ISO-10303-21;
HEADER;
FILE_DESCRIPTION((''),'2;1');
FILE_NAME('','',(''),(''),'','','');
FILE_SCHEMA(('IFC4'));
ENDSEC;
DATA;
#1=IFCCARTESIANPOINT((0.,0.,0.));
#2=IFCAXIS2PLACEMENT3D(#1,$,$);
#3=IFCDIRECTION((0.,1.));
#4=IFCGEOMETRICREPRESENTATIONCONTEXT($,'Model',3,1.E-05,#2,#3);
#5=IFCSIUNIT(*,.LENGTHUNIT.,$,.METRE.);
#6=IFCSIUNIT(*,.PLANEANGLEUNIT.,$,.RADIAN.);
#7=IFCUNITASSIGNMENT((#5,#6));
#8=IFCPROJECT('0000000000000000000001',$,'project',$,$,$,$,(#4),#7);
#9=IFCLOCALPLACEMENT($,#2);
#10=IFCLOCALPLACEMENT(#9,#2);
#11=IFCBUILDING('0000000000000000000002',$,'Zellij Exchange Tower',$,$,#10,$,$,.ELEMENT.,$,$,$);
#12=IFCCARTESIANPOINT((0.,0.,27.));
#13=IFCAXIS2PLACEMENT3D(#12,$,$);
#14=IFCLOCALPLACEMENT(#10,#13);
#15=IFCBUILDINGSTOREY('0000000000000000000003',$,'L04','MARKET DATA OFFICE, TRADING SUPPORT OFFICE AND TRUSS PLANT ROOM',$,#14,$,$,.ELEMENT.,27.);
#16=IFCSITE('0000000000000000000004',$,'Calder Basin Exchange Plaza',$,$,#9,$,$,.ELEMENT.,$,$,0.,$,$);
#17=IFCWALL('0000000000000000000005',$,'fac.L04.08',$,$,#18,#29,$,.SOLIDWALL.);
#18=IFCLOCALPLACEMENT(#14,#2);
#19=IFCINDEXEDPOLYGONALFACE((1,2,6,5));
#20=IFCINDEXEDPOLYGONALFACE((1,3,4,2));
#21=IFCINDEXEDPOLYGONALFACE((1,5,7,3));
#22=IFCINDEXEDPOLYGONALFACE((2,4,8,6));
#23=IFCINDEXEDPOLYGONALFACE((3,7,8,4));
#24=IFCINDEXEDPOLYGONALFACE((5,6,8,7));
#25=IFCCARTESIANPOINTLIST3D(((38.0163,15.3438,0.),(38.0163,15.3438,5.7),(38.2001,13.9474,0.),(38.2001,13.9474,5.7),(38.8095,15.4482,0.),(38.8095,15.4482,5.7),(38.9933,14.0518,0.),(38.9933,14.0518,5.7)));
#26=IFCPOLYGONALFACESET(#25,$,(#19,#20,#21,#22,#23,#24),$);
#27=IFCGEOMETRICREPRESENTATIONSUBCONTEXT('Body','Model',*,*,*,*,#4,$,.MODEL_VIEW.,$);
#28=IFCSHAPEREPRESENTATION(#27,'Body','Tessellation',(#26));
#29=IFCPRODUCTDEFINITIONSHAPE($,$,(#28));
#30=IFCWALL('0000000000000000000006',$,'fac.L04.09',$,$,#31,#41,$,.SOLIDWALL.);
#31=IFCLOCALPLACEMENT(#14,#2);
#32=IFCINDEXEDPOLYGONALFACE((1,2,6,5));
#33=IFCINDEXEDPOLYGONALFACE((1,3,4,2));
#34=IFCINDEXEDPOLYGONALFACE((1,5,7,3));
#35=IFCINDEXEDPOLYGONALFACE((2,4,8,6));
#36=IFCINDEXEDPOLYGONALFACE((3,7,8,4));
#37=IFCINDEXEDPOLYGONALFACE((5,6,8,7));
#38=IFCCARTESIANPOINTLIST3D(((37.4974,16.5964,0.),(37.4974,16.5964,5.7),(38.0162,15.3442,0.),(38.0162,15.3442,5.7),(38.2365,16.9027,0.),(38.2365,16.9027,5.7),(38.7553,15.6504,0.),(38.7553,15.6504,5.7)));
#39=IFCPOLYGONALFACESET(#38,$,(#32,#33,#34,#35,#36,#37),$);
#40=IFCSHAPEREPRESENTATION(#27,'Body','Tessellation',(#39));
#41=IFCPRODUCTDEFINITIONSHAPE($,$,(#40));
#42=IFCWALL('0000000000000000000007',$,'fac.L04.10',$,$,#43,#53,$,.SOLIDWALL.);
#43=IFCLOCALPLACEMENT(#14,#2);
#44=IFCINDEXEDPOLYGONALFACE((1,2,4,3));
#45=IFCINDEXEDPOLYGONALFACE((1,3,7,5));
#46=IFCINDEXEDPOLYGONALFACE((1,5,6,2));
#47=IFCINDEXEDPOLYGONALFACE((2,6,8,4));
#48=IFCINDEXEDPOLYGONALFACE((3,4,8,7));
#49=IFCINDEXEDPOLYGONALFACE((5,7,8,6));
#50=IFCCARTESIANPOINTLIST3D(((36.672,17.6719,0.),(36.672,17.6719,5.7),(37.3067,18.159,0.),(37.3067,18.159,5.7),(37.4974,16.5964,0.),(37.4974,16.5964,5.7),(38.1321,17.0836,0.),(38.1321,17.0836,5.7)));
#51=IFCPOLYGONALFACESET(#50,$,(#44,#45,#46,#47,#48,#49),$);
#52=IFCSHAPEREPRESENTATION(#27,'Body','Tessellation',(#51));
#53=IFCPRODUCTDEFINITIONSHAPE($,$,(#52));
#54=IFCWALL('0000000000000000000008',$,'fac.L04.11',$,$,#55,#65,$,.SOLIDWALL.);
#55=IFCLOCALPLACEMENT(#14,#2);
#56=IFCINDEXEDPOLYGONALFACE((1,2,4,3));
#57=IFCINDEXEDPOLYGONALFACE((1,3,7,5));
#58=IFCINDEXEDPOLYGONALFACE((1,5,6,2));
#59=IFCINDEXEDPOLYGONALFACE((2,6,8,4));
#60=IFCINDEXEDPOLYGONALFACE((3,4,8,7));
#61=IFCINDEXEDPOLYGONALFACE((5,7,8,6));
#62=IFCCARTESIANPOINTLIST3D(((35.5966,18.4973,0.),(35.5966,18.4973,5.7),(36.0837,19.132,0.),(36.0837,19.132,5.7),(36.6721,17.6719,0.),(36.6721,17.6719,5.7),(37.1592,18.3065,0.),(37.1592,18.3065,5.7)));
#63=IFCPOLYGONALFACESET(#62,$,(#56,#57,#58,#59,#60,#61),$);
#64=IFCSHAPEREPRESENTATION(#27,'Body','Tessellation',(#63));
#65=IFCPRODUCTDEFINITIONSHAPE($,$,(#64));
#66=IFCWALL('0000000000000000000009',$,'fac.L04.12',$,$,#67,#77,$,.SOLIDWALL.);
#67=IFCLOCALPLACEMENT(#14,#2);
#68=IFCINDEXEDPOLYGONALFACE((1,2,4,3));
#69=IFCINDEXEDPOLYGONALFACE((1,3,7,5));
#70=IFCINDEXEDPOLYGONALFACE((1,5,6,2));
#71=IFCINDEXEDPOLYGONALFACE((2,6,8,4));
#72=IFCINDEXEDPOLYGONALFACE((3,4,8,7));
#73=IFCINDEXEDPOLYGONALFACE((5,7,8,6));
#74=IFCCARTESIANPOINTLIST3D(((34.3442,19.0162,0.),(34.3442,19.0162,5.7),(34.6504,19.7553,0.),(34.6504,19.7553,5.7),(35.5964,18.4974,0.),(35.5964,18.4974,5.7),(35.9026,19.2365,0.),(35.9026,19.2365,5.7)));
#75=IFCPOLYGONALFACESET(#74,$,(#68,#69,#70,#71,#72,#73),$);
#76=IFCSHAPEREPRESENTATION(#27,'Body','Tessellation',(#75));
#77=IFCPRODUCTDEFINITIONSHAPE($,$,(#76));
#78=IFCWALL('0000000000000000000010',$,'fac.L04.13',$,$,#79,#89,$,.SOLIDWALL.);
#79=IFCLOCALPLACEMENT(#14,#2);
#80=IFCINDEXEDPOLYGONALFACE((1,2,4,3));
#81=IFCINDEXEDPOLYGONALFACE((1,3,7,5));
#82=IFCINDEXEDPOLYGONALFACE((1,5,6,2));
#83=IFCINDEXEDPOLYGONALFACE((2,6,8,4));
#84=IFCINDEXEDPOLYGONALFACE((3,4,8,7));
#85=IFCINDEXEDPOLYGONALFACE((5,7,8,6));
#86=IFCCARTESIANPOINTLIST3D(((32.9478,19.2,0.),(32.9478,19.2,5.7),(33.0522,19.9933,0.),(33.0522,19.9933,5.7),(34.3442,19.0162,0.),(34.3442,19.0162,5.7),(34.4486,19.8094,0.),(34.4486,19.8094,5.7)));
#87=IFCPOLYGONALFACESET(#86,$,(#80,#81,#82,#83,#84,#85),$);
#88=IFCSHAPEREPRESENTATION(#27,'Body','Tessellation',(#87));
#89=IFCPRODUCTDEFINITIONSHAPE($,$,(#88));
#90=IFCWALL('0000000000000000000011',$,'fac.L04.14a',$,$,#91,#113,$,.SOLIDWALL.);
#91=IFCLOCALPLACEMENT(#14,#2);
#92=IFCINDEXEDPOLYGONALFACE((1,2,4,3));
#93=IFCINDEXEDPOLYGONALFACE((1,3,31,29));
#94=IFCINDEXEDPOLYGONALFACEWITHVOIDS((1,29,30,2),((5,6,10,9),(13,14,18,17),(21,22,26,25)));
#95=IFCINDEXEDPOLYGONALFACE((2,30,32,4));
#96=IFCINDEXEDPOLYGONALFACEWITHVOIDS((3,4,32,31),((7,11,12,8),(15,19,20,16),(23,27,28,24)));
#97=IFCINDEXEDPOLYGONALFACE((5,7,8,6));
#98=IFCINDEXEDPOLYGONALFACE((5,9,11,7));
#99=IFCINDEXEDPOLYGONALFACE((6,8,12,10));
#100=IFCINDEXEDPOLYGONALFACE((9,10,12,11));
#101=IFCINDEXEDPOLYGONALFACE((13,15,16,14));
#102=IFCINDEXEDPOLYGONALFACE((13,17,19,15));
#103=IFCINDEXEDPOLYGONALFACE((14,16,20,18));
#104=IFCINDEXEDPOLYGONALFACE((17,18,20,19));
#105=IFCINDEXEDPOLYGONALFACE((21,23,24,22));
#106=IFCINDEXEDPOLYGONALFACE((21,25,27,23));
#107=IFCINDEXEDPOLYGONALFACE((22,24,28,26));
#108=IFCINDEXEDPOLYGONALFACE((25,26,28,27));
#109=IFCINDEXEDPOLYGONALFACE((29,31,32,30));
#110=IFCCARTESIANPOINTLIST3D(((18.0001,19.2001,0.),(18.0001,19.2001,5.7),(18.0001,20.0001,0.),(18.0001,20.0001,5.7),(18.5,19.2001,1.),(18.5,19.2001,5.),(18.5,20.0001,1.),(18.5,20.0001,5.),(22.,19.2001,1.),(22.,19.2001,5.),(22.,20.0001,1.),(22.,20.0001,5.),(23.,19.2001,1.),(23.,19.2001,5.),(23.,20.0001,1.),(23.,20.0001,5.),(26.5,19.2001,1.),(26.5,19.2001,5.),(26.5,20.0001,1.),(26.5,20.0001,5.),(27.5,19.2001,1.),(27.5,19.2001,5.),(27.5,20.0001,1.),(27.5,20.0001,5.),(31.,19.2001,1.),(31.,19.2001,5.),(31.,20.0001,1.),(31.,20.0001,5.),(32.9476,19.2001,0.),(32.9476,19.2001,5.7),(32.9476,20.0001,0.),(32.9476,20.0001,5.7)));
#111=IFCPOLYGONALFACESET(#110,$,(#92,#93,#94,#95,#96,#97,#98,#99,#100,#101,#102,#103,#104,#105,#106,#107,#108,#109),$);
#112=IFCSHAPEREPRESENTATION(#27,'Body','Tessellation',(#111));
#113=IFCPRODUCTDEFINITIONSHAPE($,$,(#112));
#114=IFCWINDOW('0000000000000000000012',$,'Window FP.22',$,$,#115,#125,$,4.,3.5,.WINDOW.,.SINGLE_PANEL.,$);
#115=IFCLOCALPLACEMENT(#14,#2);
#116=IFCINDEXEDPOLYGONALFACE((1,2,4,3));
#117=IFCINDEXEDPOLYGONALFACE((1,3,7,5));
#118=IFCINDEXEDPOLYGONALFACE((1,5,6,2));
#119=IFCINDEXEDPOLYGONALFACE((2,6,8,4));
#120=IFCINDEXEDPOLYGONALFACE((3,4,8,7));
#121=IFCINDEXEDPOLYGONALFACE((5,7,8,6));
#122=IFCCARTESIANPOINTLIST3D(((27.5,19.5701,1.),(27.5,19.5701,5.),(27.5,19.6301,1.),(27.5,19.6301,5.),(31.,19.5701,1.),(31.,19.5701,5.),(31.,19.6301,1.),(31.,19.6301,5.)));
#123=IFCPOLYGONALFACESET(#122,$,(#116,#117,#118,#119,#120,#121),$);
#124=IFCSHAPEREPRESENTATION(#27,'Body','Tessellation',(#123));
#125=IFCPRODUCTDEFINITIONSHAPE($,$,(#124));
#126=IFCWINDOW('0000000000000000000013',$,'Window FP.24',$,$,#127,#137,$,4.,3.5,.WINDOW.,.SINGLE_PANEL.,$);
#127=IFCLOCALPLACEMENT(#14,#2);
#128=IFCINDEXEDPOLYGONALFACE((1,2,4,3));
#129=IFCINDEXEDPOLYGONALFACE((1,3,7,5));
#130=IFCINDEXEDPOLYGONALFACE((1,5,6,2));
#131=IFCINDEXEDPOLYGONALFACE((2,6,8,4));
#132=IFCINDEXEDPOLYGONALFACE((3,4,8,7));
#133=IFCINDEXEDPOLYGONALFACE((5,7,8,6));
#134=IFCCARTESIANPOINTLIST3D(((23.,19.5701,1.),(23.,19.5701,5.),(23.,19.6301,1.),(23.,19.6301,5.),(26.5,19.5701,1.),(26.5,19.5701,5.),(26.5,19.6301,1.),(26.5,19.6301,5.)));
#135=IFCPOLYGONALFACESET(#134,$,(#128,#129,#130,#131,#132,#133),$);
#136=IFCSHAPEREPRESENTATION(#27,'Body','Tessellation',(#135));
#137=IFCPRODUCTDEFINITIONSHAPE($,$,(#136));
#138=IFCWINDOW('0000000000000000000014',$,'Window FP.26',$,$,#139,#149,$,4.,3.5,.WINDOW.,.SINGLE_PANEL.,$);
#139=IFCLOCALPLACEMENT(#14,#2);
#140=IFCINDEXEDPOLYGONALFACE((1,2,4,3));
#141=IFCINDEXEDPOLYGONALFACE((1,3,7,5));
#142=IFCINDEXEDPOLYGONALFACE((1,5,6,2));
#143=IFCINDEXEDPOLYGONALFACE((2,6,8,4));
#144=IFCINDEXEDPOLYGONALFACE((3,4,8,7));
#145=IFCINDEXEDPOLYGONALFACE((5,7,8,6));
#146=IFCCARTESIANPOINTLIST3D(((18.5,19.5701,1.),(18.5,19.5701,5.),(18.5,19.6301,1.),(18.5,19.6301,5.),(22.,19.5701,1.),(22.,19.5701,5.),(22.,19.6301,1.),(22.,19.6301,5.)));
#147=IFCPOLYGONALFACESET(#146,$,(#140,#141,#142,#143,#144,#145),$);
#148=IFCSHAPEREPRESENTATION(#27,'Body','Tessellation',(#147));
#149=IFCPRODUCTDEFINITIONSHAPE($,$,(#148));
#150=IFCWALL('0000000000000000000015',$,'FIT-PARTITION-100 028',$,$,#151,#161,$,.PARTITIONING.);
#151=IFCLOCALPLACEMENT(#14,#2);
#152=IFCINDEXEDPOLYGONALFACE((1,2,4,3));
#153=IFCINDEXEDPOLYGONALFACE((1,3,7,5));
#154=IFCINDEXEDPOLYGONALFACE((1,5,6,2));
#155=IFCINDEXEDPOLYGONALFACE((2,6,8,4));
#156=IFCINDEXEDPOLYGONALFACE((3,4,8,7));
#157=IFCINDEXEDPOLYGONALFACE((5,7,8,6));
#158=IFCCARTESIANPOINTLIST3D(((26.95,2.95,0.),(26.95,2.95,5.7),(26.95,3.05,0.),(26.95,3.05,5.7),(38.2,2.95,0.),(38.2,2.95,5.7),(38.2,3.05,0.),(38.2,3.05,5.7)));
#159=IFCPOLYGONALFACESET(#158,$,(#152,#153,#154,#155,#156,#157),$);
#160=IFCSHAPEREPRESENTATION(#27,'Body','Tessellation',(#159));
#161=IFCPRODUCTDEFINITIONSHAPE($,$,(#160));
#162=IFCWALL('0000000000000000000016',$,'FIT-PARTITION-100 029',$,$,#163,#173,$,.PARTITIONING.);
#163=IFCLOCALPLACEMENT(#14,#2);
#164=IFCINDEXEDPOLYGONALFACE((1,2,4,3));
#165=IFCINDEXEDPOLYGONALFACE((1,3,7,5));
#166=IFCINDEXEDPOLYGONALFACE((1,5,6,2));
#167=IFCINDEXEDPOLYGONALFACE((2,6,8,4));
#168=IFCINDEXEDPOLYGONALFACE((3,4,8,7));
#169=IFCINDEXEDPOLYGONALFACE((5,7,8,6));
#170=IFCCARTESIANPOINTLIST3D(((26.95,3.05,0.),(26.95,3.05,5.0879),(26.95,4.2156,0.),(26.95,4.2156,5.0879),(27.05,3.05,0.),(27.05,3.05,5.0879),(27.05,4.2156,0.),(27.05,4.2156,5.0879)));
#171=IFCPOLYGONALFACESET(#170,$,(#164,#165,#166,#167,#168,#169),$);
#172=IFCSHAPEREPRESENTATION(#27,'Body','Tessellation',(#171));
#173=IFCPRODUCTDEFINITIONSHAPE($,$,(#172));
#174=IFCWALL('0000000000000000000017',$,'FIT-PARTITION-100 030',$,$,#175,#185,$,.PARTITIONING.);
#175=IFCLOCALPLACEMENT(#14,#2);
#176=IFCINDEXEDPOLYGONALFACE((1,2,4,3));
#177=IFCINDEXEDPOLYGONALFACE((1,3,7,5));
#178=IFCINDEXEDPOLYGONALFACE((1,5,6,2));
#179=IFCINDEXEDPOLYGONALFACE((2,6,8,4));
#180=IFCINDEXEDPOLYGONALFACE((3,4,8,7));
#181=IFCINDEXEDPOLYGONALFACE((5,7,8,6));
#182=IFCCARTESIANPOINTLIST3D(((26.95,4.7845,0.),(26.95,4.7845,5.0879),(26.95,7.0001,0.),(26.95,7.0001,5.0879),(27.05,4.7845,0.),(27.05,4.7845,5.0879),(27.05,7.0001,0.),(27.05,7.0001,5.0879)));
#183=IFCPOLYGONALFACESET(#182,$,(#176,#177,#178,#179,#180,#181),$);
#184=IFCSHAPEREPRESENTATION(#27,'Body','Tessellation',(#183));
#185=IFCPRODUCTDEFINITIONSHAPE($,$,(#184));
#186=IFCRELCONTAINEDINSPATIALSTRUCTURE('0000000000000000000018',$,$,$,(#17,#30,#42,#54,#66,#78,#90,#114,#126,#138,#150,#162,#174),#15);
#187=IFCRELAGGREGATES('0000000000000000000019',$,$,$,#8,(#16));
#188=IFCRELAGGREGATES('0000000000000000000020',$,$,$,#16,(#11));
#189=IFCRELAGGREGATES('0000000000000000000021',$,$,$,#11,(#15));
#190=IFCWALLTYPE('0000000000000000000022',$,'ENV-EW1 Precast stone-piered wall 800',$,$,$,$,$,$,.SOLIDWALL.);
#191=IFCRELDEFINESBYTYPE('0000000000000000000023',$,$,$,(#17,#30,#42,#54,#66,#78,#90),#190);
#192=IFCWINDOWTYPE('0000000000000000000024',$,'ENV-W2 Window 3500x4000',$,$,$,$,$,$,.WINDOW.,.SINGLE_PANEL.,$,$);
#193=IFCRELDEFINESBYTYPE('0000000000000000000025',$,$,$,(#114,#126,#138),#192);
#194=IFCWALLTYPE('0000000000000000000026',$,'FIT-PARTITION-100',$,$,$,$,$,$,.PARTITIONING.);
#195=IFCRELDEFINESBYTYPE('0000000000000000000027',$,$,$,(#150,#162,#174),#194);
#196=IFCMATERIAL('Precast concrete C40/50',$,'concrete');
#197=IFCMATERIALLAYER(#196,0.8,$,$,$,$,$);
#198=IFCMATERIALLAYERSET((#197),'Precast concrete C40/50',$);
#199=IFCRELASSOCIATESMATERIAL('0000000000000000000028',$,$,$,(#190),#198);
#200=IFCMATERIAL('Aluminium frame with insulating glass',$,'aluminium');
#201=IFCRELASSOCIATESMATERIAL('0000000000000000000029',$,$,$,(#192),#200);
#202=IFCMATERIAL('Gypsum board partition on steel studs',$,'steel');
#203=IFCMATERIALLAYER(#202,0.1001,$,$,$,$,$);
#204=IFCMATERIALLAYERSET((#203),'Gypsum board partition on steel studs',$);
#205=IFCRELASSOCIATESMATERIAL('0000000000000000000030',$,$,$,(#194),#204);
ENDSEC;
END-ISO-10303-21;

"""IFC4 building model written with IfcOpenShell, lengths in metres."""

from ifc_helpers import new_model, si_unit, direction, frame, frame_2d, origin, place, context, subcontext, project, spatial, rectangle, extrude, material, layer, layer_set, type_object, element, fill, save


model = new_model("IFC4")

# Units and contexts
model_context = context("Model", 3, precision=1e-05, world=origin(), true_north=direction((0.0, 1.0)))
body_context = subcontext(model_context, "Body", "Model", "MODEL_VIEW")
ifc_project = project(units=[si_unit("LENGTHUNIT", "METRE"), si_unit("PLANEANGLEUNIT", "RADIAN")], contexts=[model_context])

# Site, building, storey
site_placement = place(None, origin())
site = spatial("IfcSite", under=ifc_project, at=site_placement, Name="Calder Basin Exchange Plaza", CompositionType="ELEMENT", RefElevation=0.0)
building_placement = place(site_placement, origin())
building = spatial("IfcBuilding", under=site, at=building_placement, Name="Zellij Exchange Tower", CompositionType="ELEMENT")
storey_placement = place(building_placement, frame((0.0, 0.0, 27.0)))
storey = spatial("IfcBuildingStorey", under=building, at=storey_placement, Name="L04", Description="MARKET DATA OFFICE, TRADING SUPPORT OFFICE AND TRUSS PLANT ROOM", CompositionType="ELEMENT", Elevation=27.0)

# Walls
ifc_material_1 = material(Name="Precast concrete C40/50", Category="concrete")
ifc_layer_1 = layer(ifc_material_1, 0.8)
ifc_layer_set_1 = layer_set([ifc_layer_1], Name="Precast concrete C40/50")
wall_type_1 = type_object("IfcWallType", Name="ENV-EW1 Precast stone-piered wall 800", PredefinedType="SOLIDWALL", material=ifc_layer_set_1)
wall_1_placement = place(storey_placement, frame((38.5967, 13.9998, 0.0), z_axis=(0.0, 0.0, 1.0), x_axis=(-0.130517, 0.991446, 0.0)))
element("IfcWall", 1, at=wall_1_placement, inside=storey, type_object=wall_type_1, Name="fac.L04.08", PredefinedType="SOLIDWALL", context=body_context, shape_type="SweptSolid", body=[
    extrude(rectangle(XDim=1.4084, YDim=0.8, at=frame_2d((0.7041, 0.0))), origin(), (0.0, 0.0, 1.0), 5.7),
])
wall_2_placement = place(storey_placement, frame((38.3857, 15.4973, 0.0), z_axis=(0.0, 0.0, 1.0), x_axis=(-0.38276, 0.923848, 0.0)))
element("IfcWall", 2, at=wall_2_placement, inside=storey, type_object=wall_type_1, Name="fac.L04.09", PredefinedType="SOLIDWALL", context=body_context, shape_type="SweptSolid", body=[
    extrude(rectangle(XDim=1.3555, YDim=0.8, at=frame_2d((0.6777, 0.0))), origin(), (0.0, 0.0, 1.0), 5.7),
])
for number, where, z_axis, x_axis, name in (
    (3, (37.8147, 16.8401, 0.0), (0.0, 0.0, 1.0), (-0.608866, 0.793273, 0.0), "fac.L04.10"),
    (4, (36.9155, 17.9893, 0.0), (0.0, 0.0, 1.0), (-0.793273, 0.608866, 0.0), "fac.L04.11"),
):
    element("IfcWall", number, at=place(storey_placement, frame(where, z_axis=z_axis, x_axis=x_axis)), inside=storey, type_object=wall_type_1, Name=name, PredefinedType="SOLIDWALL", context=body_context, shape_type="SweptSolid", body=[
        extrude(rectangle(XDim=1.3557, YDim=0.8, at=frame_2d((0.6777, 0.0))), origin(), (0.0, 0.0, 1.0), 5.7),
    ])
wall_3_placement = place(storey_placement, frame((35.7495, 18.8669, 0.0), z_axis=(0.0, 0.0, 1.0), x_axis=(-0.923848, 0.38276, 0.0)))
element("IfcWall", 5, at=wall_3_placement, inside=storey, type_object=wall_type_1, Name="fac.L04.12", PredefinedType="SOLIDWALL", context=body_context, shape_type="SweptSolid", body=[
    extrude(rectangle(XDim=1.3555, YDim=0.8, at=frame_2d((0.6777, 0.0))), origin(), (0.0, 0.0, 1.0), 5.7),
])
wall_4_placement = place(storey_placement, frame((34.3962, 19.4128, 0.0), z_axis=(0.0, 0.0, 1.0), x_axis=(-0.991446, 0.130517, 0.0)))
element("IfcWall", 6, at=wall_4_placement, inside=storey, type_object=wall_type_1, Name="fac.L04.13", PredefinedType="SOLIDWALL", context=body_context, shape_type="SweptSolid", body=[
    extrude(rectangle(XDim=1.4084, YDim=0.8, at=frame_2d((0.7041, 0.0))), origin(), (0.0, 0.0, 1.0), 5.7),
])

# Wall, openings, windows
wall_5_placement = place(storey_placement, frame((32.9475, 19.6001, 0.0), z_axis=(0.0, 0.0, 1.0), x_axis=(-1.0, 0.0, 0.0)))
wall_5 = element("IfcWall", 7, at=wall_5_placement, inside=storey, type_object=wall_type_1, Name="fac.L04.14a", PredefinedType="SOLIDWALL", context=body_context, shape_type="SweptSolid", body=[
    extrude(rectangle(XDim=14.9475, YDim=0.8, at=frame_2d((7.4736, 0.0))), origin(), (0.0, 0.0, 1.0), 5.7),
])
opening_1_placement = place(wall_5_placement, frame((1.9475, 0.0, 1.0)))
opening_1 = element("IfcOpeningElement", 8, at=opening_1_placement, cuts=wall_5, PredefinedType="OPENING", context=body_context, shape_type="SweptSolid", body=[
    extrude(rectangle(XDim=3.5, YDim=4.0, at=frame_2d((1.75, 2.0))), frame((0.0, 0.4121, 0.0), z_axis=(0.0, -1.0, 0.0), x_axis=(1.0, 0.0, 0.0)), (0.0, 0.0, 1.0), 0.824),
])
opening_2_placement = place(wall_5_placement, frame((6.4475, 0.0, 1.0)))
opening_2 = element("IfcOpeningElement", 9, at=opening_2_placement, cuts=wall_5, PredefinedType="OPENING", context=body_context, shape_type="SweptSolid", body=[
    extrude(rectangle(XDim=3.5, YDim=4.0, at=frame_2d((1.75, 2.0))), frame((0.0, 0.4121, 0.0), z_axis=(0.0, -1.0, 0.0), x_axis=(1.0, 0.0, 0.0)), (0.0, 0.0, 1.0), 0.824),
])
opening_3_placement = place(wall_5_placement, frame((10.9475, 0.0, 1.0)))
opening_3 = element("IfcOpeningElement", 10, at=opening_3_placement, cuts=wall_5, PredefinedType="OPENING", context=body_context, shape_type="SweptSolid", body=[
    extrude(rectangle(XDim=3.5, YDim=4.0, at=frame_2d((1.75, 2.0))), frame((0.0, 0.4121, 0.0), z_axis=(0.0, -1.0, 0.0), x_axis=(1.0, 0.0, 0.0)), (0.0, 0.0, 1.0), 0.824),
])
ifc_material_2 = material(Name="Aluminium frame with insulating glass", Category="aluminium")
window_type = type_object("IfcWindowType", Name="ENV-W2 Window 3500x4000", PartitioningType="SINGLE_PANEL", PredefinedType="WINDOW", material=ifc_material_2)
window_1_placement = place(opening_1_placement, origin())
window_1 = element("IfcWindow", 11, at=window_1_placement, inside=storey, type_object=window_type, Name="Window FP.22", OverallHeight=4.0, OverallWidth=3.5, PartitioningType="SINGLE_PANEL", PredefinedType="WINDOW", context=body_context, shape_type="SweptSolid", body=[
    extrude(rectangle(XDim=3.5, YDim=4.0, at=frame_2d((1.75, 2.0))), frame((0.0, 0.03, 0.0), z_axis=(0.0, -1.0, 0.0), x_axis=(1.0, 0.0, 0.0)), (0.0, 0.0, 1.0), 0.0601),
])
fill(opening_1, window_1)
window_2_placement = place(opening_2_placement, origin())
window_2 = element("IfcWindow", 12, at=window_2_placement, inside=storey, type_object=window_type, Name="Window FP.24", OverallHeight=4.0, OverallWidth=3.5, PartitioningType="SINGLE_PANEL", PredefinedType="WINDOW", context=body_context, shape_type="SweptSolid", body=[
    extrude(rectangle(XDim=3.5, YDim=4.0, at=frame_2d((1.75, 2.0))), frame((0.0, 0.03, 0.0), z_axis=(0.0, -1.0, 0.0), x_axis=(1.0, 0.0, 0.0)), (0.0, 0.0, 1.0), 0.0601),
])
fill(opening_2, window_2)
window_3_placement = place(opening_3_placement, origin())
window_3 = element("IfcWindow", 13, at=window_3_placement, inside=storey, type_object=window_type, Name="Window FP.26", OverallHeight=4.0, OverallWidth=3.5, PartitioningType="SINGLE_PANEL", PredefinedType="WINDOW", context=body_context, shape_type="SweptSolid", body=[
    extrude(rectangle(XDim=3.5, YDim=4.0, at=frame_2d((1.75, 2.0))), frame((0.0, 0.03, 0.0), z_axis=(0.0, -1.0, 0.0), x_axis=(1.0, 0.0, 0.0)), (0.0, 0.0, 1.0), 0.0601),
])
fill(opening_3, window_3)

# Walls
ifc_material_3 = material(Name="Gypsum board partition on steel studs", Category="steel")
ifc_layer_2 = layer(ifc_material_3, 0.1001)
ifc_layer_set_2 = layer_set([ifc_layer_2], Name="Gypsum board partition on steel studs")
wall_type_2 = type_object("IfcWallType", Name="FIT-PARTITION-100", PredefinedType="PARTITIONING", material=ifc_layer_set_2)
wall_6_placement = place(storey_placement, frame((26.95, 3.0, 0.0), z_axis=(0.0, 0.0, 1.0), x_axis=(1.0, 0.0, 0.0)))
element("IfcWall", 14, at=wall_6_placement, inside=storey, type_object=wall_type_2, Name="FIT-PARTITION-100 028", PredefinedType="PARTITIONING", context=body_context, shape_type="SweptSolid", body=[
    extrude(rectangle(XDim=11.25, YDim=0.1001, at=frame_2d((5.625, 0.0))), origin(), (0.0, 0.0, 1.0), 5.7),
])
wall_7_placement = place(storey_placement, frame((27.0, 3.05, 0.0), z_axis=(0.0, 0.0, 1.0), x_axis=(0.0, 1.0, 0.0)))
element("IfcWall", 15, at=wall_7_placement, inside=storey, type_object=wall_type_2, Name="FIT-PARTITION-100 029", PredefinedType="PARTITIONING", context=body_context, shape_type="SweptSolid", body=[
    extrude(rectangle(XDim=1.1655, YDim=0.1001, at=frame_2d((0.5828, 0.0))), origin(), (0.0, 0.0, 1.0), 5.0879),
])
wall_8_placement = place(storey_placement, frame((27.0, 4.7844, 0.0), z_axis=(0.0, 0.0, 1.0), x_axis=(0.0, 1.0, 0.0)))
element("IfcWall", 16, at=wall_8_placement, inside=storey, type_object=wall_type_2, Name="FIT-PARTITION-100 030", PredefinedType="PARTITIONING", context=body_context, shape_type="SweptSolid", body=[
    extrude(rectangle(XDim=2.2156, YDim=0.1001, at=frame_2d((1.1079, 0.0))), origin(), (0.0, 0.0, 1.0), 5.0879),
])

save(model, "model.ifc")
